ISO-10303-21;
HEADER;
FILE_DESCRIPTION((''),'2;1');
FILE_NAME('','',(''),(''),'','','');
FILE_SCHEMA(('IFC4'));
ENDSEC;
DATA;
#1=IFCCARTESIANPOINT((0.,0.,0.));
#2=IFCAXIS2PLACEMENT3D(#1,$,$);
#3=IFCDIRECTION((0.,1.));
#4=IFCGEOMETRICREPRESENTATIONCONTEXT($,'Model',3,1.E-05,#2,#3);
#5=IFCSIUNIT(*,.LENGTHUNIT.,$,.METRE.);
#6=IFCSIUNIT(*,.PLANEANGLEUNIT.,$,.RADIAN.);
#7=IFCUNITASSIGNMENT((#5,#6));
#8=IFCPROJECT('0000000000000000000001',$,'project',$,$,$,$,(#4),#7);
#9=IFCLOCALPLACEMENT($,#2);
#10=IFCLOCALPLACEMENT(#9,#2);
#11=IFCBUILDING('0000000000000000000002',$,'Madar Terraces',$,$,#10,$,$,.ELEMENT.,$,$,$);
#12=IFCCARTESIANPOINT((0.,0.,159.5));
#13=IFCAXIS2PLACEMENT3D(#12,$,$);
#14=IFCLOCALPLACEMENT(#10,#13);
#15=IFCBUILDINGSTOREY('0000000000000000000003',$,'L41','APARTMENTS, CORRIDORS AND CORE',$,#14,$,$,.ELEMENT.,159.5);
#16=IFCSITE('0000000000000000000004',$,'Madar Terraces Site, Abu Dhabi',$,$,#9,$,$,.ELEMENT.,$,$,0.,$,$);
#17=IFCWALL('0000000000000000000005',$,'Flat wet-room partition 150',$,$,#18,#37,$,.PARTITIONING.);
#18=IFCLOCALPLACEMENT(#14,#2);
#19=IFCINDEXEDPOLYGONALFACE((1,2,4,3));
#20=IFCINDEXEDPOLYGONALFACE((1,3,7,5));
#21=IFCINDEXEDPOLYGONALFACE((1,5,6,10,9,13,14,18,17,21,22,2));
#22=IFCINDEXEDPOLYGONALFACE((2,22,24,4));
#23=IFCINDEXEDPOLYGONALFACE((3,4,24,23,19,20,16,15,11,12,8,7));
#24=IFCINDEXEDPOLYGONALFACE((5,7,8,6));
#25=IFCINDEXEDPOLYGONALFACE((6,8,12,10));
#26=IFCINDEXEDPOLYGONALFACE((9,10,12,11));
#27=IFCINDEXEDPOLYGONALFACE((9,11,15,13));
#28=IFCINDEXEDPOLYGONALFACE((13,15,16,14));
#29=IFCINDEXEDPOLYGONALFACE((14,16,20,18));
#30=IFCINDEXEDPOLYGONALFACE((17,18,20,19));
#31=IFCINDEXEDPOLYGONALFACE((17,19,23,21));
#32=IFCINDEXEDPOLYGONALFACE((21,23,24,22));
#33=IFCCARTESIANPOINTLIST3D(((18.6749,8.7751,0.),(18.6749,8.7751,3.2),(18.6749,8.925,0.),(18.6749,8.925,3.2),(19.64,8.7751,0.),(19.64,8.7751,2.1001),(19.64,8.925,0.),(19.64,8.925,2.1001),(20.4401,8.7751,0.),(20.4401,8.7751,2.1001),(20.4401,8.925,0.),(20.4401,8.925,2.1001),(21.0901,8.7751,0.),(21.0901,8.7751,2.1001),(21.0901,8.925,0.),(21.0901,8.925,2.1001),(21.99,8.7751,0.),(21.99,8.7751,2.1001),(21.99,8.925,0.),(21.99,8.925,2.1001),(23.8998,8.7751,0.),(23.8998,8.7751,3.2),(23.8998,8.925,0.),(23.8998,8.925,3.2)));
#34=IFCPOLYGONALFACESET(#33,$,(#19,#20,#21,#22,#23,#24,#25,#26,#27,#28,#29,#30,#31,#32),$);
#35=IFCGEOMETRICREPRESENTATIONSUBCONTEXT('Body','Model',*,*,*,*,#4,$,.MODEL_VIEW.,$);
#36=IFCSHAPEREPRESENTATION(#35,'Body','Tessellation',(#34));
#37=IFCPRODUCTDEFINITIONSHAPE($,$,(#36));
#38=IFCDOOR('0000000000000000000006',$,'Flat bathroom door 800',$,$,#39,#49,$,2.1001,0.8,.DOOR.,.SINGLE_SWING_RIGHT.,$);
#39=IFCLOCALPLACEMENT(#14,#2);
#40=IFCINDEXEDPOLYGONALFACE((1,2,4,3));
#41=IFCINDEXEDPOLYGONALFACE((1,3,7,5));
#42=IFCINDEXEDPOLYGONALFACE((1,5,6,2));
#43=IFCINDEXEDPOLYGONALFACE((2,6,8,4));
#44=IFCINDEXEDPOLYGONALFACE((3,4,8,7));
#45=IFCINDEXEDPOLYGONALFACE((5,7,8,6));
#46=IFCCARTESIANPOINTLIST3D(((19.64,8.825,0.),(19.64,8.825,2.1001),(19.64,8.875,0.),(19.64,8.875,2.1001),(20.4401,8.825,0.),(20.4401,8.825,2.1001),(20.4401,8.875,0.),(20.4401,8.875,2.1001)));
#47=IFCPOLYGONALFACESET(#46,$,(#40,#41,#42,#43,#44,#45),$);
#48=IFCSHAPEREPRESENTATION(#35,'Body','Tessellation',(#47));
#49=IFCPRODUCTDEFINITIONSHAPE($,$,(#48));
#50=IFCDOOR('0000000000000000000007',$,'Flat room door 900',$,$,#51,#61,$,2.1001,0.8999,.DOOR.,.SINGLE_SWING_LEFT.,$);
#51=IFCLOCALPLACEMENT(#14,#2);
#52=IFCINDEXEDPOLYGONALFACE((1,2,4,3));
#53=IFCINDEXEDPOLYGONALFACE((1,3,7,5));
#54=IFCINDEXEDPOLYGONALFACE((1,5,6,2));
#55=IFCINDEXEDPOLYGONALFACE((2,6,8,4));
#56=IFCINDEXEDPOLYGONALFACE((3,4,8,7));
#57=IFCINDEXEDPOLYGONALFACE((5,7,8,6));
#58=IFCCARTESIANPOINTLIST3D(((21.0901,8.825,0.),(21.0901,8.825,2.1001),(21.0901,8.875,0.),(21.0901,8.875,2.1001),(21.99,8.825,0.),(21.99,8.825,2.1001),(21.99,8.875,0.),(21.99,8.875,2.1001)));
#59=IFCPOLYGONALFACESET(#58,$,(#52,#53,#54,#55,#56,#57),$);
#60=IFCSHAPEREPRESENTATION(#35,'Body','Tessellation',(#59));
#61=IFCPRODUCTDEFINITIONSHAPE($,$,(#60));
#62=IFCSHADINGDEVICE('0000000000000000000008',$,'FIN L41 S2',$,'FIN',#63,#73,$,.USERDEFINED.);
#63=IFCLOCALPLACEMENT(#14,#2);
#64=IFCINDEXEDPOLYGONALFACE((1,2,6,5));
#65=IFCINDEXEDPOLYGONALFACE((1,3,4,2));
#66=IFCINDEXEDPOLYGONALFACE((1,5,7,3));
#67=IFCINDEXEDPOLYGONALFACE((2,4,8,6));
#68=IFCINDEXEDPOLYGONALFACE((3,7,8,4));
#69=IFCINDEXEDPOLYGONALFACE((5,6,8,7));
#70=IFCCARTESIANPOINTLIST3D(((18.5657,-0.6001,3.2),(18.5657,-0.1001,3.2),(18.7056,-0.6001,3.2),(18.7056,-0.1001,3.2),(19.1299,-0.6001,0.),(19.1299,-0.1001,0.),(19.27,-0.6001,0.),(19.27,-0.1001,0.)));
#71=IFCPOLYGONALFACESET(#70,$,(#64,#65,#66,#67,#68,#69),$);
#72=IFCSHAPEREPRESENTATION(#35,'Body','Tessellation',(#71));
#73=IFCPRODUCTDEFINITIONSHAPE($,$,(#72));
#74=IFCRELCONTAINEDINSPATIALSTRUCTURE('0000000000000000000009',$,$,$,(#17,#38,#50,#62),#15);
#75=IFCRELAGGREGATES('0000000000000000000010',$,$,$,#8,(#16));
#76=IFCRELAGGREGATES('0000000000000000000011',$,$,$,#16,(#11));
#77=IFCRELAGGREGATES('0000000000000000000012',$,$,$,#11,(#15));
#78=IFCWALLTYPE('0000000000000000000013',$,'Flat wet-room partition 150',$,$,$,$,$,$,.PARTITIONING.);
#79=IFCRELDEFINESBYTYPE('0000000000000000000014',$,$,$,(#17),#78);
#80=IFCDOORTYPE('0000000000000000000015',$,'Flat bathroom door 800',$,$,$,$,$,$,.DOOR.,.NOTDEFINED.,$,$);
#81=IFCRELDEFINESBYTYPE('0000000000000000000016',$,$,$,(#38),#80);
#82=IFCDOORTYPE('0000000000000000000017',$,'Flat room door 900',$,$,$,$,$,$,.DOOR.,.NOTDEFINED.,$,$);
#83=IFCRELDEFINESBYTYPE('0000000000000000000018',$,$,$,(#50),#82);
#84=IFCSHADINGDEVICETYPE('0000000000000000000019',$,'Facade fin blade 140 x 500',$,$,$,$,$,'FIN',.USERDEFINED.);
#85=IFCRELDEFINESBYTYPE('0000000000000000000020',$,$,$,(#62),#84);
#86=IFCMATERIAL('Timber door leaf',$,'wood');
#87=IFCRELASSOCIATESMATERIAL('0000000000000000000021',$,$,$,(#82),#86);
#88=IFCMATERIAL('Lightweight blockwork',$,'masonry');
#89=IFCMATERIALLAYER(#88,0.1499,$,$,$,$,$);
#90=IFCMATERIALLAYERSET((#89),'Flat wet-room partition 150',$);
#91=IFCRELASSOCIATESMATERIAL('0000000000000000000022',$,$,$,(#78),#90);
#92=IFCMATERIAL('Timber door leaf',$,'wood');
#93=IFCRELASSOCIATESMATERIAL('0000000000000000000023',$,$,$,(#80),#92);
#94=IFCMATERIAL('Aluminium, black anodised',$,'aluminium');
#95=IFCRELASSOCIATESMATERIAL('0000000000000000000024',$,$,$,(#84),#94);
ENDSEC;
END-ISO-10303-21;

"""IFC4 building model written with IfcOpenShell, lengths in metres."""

from ifc_helpers import new_model, si_unit, direction, frame, frame_2d, origin, place, context, subcontext, project, spatial, polyline, rectangle, outline, extrude, material, layer, layer_set, type_object, element, fill, save


model = new_model("IFC4")

# Units and contexts
model_context = context("Model", 3, precision=1e-05, world=origin(), true_north=direction((0.0, 1.0)))
body_context = subcontext(model_context, "Body", "Model", "MODEL_VIEW")
ifc_project = project(units=[si_unit("LENGTHUNIT", "METRE"), si_unit("PLANEANGLEUNIT", "RADIAN")], contexts=[model_context])

# Site, building, storey
site_placement = place(None, origin())
site = spatial("IfcSite", under=ifc_project, at=site_placement, Name="Madar Terraces Site, Abu Dhabi", CompositionType="ELEMENT", RefElevation=0.0)
building_placement = place(site_placement, origin())
building = spatial("IfcBuilding", under=site, at=building_placement, Name="Madar Terraces", CompositionType="ELEMENT")
storey_placement = place(building_placement, frame((0.0, 0.0, 159.5)))
storey = spatial("IfcBuildingStorey", under=building, at=storey_placement, Name="L41", Description="APARTMENTS, CORRIDORS AND CORE", CompositionType="ELEMENT", Elevation=159.5)

# Shared definitions
ifc_material_1 = material(Name="Timber door leaf", Category="wood")
door_type_1 = type_object("IfcDoorType", Name="Flat room door 900", OperationType="NOTDEFINED", PredefinedType="DOOR", material=ifc_material_1)

# Shared definitions
ifc_material_2 = material(Name="Lightweight blockwork", Category="masonry")
ifc_layer_1 = layer(ifc_material_2, 0.1499)
ifc_layer_set_1 = layer_set([ifc_layer_1], Name="Flat wet-room partition 150")
wall_type_1 = type_object("IfcWallType", Name="Flat wet-room partition 150", PredefinedType="PARTITIONING", material=ifc_layer_set_1)

# Wall, openings, doors
wall_1_placement = place(storey_placement, frame((18.675, 8.8501, 0.0), z_axis=(0.0, 0.0, 1.0), x_axis=(1.0, 0.0, 0.0)))
wall_1 = element("IfcWall", 1, at=wall_1_placement, inside=storey, type_object=wall_type_1, Name="Flat wet-room partition 150", PredefinedType="PARTITIONING", context=body_context, shape_type="SweptSolid", body=[
    extrude(rectangle(XDim=5.2249, YDim=0.1499, at=frame_2d((2.6123, 0.0))), origin(), (0.0, 0.0, 1.0), 3.2),
])
opening_1_placement = place(wall_1_placement, frame((0.9651, 0.0, 0.0)))
opening_1 = element("IfcOpeningElement", 2, at=opening_1_placement, cuts=wall_1, PredefinedType="OPENING", context=body_context, shape_type="SweptSolid", body=[
    extrude(rectangle(XDim=0.8, YDim=2.1001, at=frame_2d((0.3999, 1.05))), frame((0.0, 0.085, 0.0), z_axis=(0.0, -1.0, 0.0), x_axis=(1.0, 0.0, 0.0)), (0.0, 0.0, 1.0), 0.1699),
])
opening_2_placement = place(wall_1_placement, frame((2.415, 0.0, 0.0)))
opening_2 = element("IfcOpeningElement", 3, at=opening_2_placement, cuts=wall_1, PredefinedType="OPENING", context=body_context, shape_type="SweptSolid", body=[
    extrude(rectangle(XDim=0.8999, YDim=2.1001, at=frame_2d((0.45, 1.05))), frame((0.0, 0.085, 0.0), z_axis=(0.0, -1.0, 0.0), x_axis=(1.0, 0.0, 0.0)), (0.0, 0.0, 1.0), 0.1699),
])
ifc_material_3 = material(Name="Timber door leaf", Category="wood")
door_type_2 = type_object("IfcDoorType", Name="Flat bathroom door 800", OperationType="NOTDEFINED", PredefinedType="DOOR", material=ifc_material_3)
door_1_placement = place(opening_1_placement, origin())
door_1 = element("IfcDoor", 4, at=door_1_placement, inside=storey, type_object=door_type_2, Name="Flat bathroom door 800", OperationType="SINGLE_SWING_RIGHT", OverallHeight=2.1001, OverallWidth=0.8, PredefinedType="DOOR", context=body_context, shape_type="SweptSolid", body=[
    extrude(rectangle(XDim=0.8, YDim=2.1001, at=frame_2d((0.3999, 1.05))), frame((0.0, 0.0249, 0.0), z_axis=(0.0, -1.0, 0.0), x_axis=(1.0, 0.0, 0.0)), (0.0, 0.0, 1.0), 0.05),
])
fill(opening_1, door_1)
door_2_placement = place(opening_2_placement, origin())
door_2 = element("IfcDoor", 5, at=door_2_placement, inside=storey, type_object=door_type_1, Name="Flat room door 900", OperationType="SINGLE_SWING_LEFT", OverallHeight=2.1001, OverallWidth=0.8999, PredefinedType="DOOR", context=body_context, shape_type="SweptSolid", body=[
    extrude(rectangle(XDim=0.8999, YDim=2.1001, at=frame_2d((0.45, 1.05))), frame((0.0, 0.0249, 0.0), z_axis=(0.0, -1.0, 0.0), x_axis=(1.0, 0.0, 0.0)), (0.0, 0.0, 1.0), 0.05),
])
fill(opening_2, door_2)

# Shading device
ifc_material_4 = material(Name="Aluminium, black anodised", Category="aluminium")
shading_device_type = type_object("IfcShadingDeviceType", Name="Facade fin blade 140 x 500", ElementType="FIN", PredefinedType="USERDEFINED", material=ifc_material_4)
shading_device_placement = place(storey_placement, frame((19.1299, -0.3501, 0.0), z_axis=(0.0, 0.0, 1.0), x_axis=(1.0, 0.0, 0.0)))
element("IfcShadingDevice", 6, at=shading_device_placement, inside=storey, type_object=shading_device_type, Name="FIN L41 S2", ObjectType="FIN", PredefinedType="USERDEFINED", context=body_context, shape_type="SweptSolid", body=[
    extrude(outline(polyline([(0.0, 0.0), (0.1401, 0.0), (-0.4243, 3.2), (-0.5642, 3.2), (0.0, 0.0)])), frame((0.0, 0.25, 0.0), z_axis=(0.0, -1.0, 0.0), x_axis=(1.0, 0.0, 0.0)), (0.0, 0.0, 1.0), 0.5),
])

save(model, "model.ifc")
